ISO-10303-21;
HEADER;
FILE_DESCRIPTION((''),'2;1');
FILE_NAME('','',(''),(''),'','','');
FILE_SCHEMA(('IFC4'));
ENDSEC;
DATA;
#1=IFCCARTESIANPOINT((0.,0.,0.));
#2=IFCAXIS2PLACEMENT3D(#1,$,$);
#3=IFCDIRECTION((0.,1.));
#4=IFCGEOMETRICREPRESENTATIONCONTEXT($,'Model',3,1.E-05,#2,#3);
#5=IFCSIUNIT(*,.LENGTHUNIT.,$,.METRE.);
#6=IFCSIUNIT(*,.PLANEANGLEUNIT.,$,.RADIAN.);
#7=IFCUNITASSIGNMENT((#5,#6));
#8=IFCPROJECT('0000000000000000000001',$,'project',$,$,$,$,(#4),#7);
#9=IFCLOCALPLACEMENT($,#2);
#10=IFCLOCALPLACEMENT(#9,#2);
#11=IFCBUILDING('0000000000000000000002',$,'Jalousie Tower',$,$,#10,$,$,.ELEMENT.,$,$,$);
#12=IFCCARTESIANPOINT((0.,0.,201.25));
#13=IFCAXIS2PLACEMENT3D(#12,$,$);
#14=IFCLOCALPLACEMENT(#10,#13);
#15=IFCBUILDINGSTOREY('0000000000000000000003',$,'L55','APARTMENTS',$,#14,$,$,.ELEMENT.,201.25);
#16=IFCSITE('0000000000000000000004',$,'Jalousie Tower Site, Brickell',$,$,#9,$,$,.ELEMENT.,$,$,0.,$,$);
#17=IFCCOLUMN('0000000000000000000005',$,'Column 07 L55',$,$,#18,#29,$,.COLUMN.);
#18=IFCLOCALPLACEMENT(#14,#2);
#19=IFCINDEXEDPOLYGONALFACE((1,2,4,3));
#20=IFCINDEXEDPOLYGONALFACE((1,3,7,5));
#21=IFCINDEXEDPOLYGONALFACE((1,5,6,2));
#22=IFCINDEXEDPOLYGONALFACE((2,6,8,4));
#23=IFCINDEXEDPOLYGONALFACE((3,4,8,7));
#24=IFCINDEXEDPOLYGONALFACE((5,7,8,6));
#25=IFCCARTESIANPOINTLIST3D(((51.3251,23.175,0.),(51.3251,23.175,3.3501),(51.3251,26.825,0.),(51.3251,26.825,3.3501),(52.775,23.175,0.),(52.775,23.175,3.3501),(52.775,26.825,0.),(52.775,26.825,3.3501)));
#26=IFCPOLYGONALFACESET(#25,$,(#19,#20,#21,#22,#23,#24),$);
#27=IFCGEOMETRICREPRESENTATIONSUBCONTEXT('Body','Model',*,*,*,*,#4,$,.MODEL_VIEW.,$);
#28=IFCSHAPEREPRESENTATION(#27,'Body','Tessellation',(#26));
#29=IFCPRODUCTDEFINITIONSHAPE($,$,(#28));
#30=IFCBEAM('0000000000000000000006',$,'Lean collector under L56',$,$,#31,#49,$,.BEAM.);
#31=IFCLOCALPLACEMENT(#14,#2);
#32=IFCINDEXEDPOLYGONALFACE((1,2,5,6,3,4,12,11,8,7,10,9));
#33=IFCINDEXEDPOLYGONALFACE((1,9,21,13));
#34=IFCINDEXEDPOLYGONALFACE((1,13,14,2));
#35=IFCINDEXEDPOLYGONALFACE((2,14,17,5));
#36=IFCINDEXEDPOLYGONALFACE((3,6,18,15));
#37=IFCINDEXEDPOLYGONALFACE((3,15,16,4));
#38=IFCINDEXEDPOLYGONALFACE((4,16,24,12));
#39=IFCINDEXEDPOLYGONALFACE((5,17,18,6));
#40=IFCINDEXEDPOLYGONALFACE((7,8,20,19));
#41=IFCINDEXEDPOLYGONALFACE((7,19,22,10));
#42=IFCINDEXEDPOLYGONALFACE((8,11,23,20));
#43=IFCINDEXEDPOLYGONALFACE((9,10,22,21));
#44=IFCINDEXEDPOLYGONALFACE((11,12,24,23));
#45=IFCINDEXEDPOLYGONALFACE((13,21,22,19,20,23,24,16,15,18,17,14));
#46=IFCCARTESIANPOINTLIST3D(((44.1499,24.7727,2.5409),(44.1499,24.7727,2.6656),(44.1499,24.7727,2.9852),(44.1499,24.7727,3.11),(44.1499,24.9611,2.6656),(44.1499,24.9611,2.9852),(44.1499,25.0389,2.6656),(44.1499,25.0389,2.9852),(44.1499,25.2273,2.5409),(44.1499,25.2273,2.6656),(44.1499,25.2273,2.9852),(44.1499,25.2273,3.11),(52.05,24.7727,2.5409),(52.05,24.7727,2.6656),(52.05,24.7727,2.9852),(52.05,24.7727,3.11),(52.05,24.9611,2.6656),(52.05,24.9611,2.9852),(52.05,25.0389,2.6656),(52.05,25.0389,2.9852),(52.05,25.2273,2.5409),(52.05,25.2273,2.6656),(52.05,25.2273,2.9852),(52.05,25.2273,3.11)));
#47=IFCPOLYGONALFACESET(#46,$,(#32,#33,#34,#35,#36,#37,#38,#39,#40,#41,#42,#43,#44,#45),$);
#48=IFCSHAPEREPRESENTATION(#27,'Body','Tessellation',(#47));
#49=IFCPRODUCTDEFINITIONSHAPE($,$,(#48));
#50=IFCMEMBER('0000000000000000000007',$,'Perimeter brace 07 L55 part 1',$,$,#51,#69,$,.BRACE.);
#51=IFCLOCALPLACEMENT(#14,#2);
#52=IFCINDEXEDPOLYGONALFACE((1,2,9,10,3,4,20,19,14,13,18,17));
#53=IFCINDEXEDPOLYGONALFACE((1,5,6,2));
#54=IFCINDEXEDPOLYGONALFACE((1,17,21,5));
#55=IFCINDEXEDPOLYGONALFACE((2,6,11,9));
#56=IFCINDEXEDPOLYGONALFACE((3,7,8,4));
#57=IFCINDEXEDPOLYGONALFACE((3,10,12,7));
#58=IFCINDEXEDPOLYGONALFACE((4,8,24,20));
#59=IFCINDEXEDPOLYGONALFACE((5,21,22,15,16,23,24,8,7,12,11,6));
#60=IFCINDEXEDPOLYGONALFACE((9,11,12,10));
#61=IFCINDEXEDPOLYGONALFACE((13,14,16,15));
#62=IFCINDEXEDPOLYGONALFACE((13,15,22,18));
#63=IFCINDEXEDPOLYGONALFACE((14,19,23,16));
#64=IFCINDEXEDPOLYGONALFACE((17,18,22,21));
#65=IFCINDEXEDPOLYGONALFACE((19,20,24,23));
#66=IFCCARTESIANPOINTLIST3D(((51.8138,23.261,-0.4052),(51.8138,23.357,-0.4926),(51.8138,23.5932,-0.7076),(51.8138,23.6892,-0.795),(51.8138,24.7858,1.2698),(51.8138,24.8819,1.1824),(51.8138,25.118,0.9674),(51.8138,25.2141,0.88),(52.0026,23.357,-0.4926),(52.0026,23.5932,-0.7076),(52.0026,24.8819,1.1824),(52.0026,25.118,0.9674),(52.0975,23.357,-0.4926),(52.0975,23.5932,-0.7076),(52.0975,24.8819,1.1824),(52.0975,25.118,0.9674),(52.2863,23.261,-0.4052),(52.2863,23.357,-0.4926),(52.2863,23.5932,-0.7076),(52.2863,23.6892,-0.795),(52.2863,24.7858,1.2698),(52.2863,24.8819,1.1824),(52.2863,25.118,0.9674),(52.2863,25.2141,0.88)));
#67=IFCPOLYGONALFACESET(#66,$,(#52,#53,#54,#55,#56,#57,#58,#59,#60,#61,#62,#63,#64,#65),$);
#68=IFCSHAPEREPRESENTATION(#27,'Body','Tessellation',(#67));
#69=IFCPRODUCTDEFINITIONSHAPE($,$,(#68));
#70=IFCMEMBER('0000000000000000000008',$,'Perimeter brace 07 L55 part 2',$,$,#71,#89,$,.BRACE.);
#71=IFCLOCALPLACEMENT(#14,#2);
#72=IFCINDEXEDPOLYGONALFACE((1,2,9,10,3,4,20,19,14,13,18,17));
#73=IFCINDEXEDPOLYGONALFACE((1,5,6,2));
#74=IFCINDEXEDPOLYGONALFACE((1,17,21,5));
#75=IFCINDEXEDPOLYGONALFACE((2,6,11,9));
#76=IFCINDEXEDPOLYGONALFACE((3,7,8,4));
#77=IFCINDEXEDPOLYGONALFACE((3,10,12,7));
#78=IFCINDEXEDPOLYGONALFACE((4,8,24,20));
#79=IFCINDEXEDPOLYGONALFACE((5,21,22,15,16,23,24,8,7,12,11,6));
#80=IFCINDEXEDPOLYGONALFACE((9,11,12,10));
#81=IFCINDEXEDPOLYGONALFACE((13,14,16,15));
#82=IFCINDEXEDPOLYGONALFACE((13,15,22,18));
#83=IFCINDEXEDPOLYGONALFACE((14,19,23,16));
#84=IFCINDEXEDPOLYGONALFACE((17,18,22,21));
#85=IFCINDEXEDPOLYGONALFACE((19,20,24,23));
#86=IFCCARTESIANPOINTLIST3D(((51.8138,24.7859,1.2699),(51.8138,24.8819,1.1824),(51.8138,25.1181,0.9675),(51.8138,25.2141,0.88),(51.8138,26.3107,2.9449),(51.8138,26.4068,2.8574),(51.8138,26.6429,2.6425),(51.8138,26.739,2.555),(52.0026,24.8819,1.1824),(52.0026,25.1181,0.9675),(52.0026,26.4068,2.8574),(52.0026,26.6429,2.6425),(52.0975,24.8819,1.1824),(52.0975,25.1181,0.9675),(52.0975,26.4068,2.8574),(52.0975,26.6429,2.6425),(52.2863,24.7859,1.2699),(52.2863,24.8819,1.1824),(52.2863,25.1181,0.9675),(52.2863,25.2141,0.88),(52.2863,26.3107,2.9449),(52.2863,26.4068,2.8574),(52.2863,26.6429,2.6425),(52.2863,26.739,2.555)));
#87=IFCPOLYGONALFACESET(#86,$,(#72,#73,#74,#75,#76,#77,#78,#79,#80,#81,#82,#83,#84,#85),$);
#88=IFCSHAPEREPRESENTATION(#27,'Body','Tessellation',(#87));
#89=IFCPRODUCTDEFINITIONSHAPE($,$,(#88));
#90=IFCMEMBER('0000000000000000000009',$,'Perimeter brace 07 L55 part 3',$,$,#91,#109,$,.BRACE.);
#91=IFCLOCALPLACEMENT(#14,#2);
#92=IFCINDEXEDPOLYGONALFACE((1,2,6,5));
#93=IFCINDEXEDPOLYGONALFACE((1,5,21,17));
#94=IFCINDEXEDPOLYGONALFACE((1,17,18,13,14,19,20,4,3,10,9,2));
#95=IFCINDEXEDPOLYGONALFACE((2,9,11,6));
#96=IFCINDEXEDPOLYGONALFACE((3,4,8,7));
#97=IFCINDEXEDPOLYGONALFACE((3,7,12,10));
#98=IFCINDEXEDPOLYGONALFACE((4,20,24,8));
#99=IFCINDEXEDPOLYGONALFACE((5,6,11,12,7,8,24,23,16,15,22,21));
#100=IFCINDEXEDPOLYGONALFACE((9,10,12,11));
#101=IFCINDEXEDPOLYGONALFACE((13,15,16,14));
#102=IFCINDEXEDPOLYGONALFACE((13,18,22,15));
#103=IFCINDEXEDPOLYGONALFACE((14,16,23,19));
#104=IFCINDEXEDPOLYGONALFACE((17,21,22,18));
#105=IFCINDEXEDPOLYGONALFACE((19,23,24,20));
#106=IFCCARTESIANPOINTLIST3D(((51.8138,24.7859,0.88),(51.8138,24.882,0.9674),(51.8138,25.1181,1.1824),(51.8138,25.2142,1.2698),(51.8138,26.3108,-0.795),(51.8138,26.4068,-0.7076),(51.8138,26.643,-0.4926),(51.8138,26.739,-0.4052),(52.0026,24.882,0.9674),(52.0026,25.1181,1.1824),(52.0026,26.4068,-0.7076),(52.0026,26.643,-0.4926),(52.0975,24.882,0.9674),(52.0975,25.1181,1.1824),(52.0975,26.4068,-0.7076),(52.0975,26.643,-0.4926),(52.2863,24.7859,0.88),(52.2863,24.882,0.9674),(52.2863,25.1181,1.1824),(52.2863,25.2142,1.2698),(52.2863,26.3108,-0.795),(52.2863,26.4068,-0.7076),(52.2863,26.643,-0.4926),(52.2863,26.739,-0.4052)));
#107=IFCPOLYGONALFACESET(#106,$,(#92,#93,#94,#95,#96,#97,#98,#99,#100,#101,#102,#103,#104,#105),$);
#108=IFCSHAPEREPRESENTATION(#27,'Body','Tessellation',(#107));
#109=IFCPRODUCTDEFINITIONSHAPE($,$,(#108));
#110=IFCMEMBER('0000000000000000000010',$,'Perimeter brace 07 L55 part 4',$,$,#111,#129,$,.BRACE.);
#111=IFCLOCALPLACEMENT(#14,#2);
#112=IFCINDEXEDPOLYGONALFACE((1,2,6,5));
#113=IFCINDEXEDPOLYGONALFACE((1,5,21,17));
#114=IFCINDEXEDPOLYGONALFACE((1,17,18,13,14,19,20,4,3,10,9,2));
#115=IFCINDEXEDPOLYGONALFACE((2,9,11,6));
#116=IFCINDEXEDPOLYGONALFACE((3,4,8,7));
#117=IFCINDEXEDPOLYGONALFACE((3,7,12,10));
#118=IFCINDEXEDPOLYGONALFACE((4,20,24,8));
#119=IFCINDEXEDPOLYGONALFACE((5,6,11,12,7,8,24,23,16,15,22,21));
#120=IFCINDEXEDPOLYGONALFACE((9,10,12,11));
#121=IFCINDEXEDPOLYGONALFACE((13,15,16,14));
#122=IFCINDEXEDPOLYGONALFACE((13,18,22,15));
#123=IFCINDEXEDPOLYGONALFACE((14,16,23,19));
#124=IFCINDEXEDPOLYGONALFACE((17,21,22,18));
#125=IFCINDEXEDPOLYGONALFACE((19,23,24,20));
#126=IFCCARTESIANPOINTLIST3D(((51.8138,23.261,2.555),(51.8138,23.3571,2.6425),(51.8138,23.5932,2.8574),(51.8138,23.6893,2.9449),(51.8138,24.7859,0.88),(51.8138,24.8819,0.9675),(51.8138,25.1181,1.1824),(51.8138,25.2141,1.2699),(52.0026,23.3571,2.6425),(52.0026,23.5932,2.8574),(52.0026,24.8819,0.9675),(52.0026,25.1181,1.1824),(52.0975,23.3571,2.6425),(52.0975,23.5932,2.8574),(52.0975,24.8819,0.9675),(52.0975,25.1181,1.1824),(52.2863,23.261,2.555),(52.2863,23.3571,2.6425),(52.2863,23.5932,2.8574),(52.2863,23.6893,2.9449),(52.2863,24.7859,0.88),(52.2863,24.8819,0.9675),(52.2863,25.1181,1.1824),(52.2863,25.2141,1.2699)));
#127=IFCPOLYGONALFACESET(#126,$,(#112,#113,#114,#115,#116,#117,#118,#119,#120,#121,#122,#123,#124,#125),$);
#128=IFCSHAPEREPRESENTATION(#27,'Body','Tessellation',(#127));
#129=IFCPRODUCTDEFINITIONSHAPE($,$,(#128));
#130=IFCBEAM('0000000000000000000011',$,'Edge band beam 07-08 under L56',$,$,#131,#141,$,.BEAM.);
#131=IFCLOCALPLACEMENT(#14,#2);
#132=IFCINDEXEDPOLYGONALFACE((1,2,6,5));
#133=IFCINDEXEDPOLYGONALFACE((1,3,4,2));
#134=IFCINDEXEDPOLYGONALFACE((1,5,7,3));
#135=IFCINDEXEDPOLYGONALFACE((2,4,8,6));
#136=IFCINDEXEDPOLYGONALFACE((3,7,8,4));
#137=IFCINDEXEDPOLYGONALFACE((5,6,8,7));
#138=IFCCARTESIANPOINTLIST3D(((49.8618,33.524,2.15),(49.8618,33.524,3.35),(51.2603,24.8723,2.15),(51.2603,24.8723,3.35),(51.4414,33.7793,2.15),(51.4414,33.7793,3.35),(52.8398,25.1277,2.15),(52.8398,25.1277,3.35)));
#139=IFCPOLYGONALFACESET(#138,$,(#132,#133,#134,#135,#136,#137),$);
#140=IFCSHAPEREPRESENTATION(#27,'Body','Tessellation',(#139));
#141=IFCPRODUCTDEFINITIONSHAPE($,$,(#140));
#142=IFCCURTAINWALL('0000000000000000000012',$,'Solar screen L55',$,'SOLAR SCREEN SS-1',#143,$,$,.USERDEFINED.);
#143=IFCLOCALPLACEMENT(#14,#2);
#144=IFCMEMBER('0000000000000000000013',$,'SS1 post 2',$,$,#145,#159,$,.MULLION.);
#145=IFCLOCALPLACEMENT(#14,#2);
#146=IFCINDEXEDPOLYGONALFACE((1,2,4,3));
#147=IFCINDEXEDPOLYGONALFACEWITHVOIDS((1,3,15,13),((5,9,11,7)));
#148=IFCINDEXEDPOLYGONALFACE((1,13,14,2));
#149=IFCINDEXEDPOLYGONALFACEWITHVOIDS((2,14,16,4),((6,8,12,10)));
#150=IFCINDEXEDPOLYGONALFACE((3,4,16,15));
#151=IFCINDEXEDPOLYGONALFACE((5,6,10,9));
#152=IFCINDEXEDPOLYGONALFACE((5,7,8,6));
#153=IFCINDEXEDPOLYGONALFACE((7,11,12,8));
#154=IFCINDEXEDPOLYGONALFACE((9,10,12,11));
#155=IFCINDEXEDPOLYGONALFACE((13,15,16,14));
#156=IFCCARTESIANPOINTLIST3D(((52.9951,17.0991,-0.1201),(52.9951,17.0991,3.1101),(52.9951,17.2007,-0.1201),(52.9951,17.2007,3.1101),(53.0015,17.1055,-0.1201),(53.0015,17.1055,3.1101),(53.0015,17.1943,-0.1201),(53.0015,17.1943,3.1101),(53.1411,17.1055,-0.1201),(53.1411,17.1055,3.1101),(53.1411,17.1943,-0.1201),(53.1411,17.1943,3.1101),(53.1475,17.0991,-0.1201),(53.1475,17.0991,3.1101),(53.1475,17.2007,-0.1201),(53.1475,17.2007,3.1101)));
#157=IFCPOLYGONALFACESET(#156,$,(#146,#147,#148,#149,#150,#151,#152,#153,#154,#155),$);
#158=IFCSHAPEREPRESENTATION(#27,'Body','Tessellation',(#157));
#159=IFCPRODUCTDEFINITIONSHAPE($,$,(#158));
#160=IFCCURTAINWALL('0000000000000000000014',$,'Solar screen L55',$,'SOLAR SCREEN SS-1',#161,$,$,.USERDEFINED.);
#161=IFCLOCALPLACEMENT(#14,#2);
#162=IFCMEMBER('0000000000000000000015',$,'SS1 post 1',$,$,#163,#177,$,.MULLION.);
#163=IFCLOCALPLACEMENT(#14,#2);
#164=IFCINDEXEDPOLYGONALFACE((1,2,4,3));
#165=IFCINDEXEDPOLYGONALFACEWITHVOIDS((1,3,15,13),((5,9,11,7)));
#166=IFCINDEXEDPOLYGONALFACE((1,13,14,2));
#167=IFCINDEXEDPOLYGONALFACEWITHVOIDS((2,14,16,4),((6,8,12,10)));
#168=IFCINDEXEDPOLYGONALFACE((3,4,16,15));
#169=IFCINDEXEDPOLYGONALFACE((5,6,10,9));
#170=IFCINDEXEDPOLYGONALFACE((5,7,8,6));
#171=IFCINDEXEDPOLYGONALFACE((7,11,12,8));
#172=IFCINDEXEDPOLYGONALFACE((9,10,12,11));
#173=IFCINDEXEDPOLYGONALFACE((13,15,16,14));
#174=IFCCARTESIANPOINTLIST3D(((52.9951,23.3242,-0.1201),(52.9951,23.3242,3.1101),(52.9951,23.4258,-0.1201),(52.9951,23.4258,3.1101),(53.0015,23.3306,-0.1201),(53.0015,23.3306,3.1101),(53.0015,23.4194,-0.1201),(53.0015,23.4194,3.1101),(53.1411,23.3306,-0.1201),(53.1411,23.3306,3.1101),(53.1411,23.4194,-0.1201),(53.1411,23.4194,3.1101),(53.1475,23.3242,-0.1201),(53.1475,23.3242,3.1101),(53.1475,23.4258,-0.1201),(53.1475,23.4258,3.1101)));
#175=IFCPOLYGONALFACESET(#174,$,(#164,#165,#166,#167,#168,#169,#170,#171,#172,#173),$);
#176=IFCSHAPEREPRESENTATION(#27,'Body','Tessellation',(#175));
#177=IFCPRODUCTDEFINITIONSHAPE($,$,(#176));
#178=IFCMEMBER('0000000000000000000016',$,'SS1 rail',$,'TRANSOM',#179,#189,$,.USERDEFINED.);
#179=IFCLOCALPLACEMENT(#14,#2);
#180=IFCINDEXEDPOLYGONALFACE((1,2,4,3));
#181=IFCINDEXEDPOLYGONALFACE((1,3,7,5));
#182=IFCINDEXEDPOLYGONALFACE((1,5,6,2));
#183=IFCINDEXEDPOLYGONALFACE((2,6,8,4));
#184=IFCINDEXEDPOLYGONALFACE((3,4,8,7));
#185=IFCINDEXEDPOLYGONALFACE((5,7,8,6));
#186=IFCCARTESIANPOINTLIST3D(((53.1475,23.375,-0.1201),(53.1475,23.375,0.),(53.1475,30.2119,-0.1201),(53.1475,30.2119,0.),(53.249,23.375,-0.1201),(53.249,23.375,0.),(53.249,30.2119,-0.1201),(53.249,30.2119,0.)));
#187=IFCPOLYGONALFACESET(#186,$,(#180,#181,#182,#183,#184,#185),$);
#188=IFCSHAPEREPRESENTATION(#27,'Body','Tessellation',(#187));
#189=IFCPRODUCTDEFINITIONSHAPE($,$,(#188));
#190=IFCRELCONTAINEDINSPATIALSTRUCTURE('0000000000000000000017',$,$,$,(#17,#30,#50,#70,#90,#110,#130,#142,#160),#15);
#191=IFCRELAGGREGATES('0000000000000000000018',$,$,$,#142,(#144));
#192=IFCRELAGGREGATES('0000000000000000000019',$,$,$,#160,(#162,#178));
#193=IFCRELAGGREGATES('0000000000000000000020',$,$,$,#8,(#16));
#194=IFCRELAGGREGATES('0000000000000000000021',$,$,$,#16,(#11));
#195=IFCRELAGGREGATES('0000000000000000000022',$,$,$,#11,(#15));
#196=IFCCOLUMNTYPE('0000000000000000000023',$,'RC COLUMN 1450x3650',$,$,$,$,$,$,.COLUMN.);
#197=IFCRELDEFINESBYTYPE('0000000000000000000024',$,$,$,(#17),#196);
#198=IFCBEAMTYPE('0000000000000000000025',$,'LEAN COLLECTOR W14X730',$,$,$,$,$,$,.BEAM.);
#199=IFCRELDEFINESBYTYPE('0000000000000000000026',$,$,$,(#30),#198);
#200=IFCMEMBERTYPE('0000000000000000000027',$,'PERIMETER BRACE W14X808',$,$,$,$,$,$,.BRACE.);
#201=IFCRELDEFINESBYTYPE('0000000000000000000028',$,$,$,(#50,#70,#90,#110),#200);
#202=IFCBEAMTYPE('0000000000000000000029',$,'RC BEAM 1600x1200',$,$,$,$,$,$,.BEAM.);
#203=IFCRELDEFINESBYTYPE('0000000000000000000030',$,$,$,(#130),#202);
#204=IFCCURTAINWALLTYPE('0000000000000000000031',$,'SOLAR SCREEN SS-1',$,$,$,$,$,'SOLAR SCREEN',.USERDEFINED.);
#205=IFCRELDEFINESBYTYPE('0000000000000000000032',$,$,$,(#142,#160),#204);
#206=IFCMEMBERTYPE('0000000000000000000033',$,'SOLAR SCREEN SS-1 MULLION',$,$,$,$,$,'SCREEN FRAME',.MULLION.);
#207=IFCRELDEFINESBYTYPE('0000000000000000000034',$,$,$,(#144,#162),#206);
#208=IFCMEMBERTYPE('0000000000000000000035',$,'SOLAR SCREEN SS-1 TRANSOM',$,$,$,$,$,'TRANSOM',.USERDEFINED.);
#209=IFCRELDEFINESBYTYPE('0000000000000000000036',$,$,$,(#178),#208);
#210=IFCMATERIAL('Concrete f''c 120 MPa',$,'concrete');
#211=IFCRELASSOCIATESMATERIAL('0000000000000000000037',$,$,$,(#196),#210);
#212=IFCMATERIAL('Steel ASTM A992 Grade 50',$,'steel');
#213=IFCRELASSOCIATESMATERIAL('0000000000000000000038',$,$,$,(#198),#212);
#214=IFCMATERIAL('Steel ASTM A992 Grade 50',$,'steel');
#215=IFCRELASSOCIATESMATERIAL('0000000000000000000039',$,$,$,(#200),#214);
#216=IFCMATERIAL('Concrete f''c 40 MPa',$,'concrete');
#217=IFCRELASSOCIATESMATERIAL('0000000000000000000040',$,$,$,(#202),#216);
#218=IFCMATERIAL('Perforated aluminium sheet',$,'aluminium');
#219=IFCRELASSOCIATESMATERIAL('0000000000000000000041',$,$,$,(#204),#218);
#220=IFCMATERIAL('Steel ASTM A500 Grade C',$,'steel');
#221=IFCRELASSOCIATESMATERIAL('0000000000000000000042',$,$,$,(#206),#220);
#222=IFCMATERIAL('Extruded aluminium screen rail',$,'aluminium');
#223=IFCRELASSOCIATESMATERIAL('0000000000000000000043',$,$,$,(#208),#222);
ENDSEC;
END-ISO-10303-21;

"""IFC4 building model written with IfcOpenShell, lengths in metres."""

from ifc_helpers import new_model, si_unit, direction, frame, origin, origin_2d, place, context, subcontext, project, spatial, rectangle, hollow_rectangle, i_section, extrude, material, material_profile, profile_set, type_object, element, aggregate, save


model = new_model("IFC4")

# Units and contexts
model_context = context("Model", 3, precision=1e-05, world=origin(), true_north=direction((0.0, 1.0)))
body_context = subcontext(model_context, "Body", "Model", "MODEL_VIEW")
ifc_project = project(units=[si_unit("LENGTHUNIT", "METRE"), si_unit("PLANEANGLEUNIT", "RADIAN")], contexts=[model_context])

# Site, building, storey
site_placement = place(None, origin())
site = spatial("IfcSite", under=ifc_project, at=site_placement, Name="Jalousie Tower Site, Brickell", CompositionType="ELEMENT", RefElevation=0.0)
building_placement = place(site_placement, origin())
building = spatial("IfcBuilding", under=site, at=building_placement, Name="Jalousie Tower", CompositionType="ELEMENT")
storey_placement = place(building_placement, frame((0.0, 0.0, 201.25)))
storey = spatial("IfcBuildingStorey", under=building, at=storey_placement, Name="L55", Description="APARTMENTS", CompositionType="ELEMENT", Elevation=201.25)

# Column
ifc_material_1 = material(Name="Concrete f'c 120 MPa", Category="concrete")
ifc_material_profile_1 = material_profile(ifc_material_1, rectangle(XDim=1.45, YDim=3.6499, at=origin_2d()), Name="RC 1450x3650")
ifc_profile_set_1 = profile_set([ifc_material_profile_1], Name="Concrete f'c 120 MPa")
column_type = type_object("IfcColumnType", Name="RC COLUMN 1450x3650", PredefinedType="COLUMN", material=ifc_profile_set_1)
column_placement = place(storey_placement, frame((52.05, 25.0, 0.0), z_axis=(0.0, 0.0, 1.0), x_axis=(1.0, 0.0, 0.0)))
element("IfcColumn", 1, at=column_placement, inside=storey, type_object=column_type, Name="Column 07 L55", PredefinedType="COLUMN", context=body_context, shape_type="SweptSolid", body=[
    extrude(rectangle(XDim=1.45, YDim=3.6499, at=origin_2d()), origin(), (0.0, 0.0, 1.0), 3.3501),
])

# Beam
ifc_material_2 = material(Name="Steel ASTM A992 Grade 50", Category="steel")
ifc_material_profile_2 = material_profile(ifc_material_2, i_section(OverallWidth=0.4546, OverallDepth=0.5691, WebThickness=0.0779, FlangeThickness=0.1248, at=origin_2d()), Name="W14X730")
ifc_profile_set_2 = profile_set([ifc_material_profile_2], Name="Steel ASTM A992 Grade 50")
beam_type_1 = type_object("IfcBeamType", Name="LEAN COLLECTOR W14X730", PredefinedType="BEAM", material=ifc_profile_set_2)
beam_1_placement = place(storey_placement, frame((52.05, 25.0, 2.8254), z_axis=(-1.0, 0.0, 0.0), x_axis=(0.0, -1.0, 0.0)))
element("IfcBeam", 2, at=beam_1_placement, inside=storey, type_object=beam_type_1, Name="Lean collector under L56", PredefinedType="BEAM", context=body_context, shape_type="SweptSolid", body=[
    extrude(i_section(OverallWidth=0.4546, OverallDepth=0.5691, WebThickness=0.0779, FlangeThickness=0.1248, at=origin_2d()), origin(), (0.0, 0.0, 1.0), 7.9001),
])

# Members
ifc_material_3 = material(Name="Steel ASTM A992 Grade 50", Category="steel")
ifc_material_profile_3 = material_profile(ifc_material_3, i_section(OverallWidth=0.4724, OverallDepth=0.5791, WebThickness=0.095, FlangeThickness=0.1299, at=origin_2d()), Name="W14X808")
ifc_profile_set_3 = profile_set([ifc_material_profile_3], Name="Steel ASTM A992 Grade 50")
member_type_1 = type_object("IfcMemberType", Name="PERIMETER BRACE W14X808", PredefinedType="BRACE", material=ifc_profile_set_3)
for number, where, z_axis, x_axis, name in (
    (3, (52.05, 23.4751, -0.6001), (0.0, 0.673188, 0.739472), (-1.0, 0.0, 0.0), "Perimeter brace 07 L55 part 1"),
    (4, (52.05, 25.0, 1.075), (0.0, 0.673188, 0.739472), (-1.0, 0.0, 0.0), "Perimeter brace 07 L55 part 2"),
    (5, (52.05, 26.5249, -0.6001), (0.0, -0.673188, 0.739472), (1.0, 0.0, 0.0), "Perimeter brace 07 L55 part 3"),
    (6, (52.05, 25.0, 1.075), (0.0, -0.673188, 0.739472), (1.0, 0.0, 0.0), "Perimeter brace 07 L55 part 4"),
):
    element("IfcMember", number, at=place(storey_placement, frame(where, z_axis=z_axis, x_axis=x_axis)), inside=storey, type_object=member_type_1, Name=name, PredefinedType="BRACE", context=body_context, shape_type="SweptSolid", body=[
        extrude(i_section(OverallWidth=0.4724, OverallDepth=0.5791, WebThickness=0.095, FlangeThickness=0.1299, at=origin_2d()), origin(), (0.0, 0.0, 1.0), 2.2651),
    ])

# Beam
ifc_material_4 = material(Name="Concrete f'c 40 MPa", Category="concrete")
ifc_material_profile_4 = material_profile(ifc_material_4, rectangle(XDim=1.6001, YDim=1.2, at=origin_2d()), Name="RC 1600x1200")
ifc_profile_set_4 = profile_set([ifc_material_profile_4], Name="Concrete f'c 40 MPa")
beam_type_2 = type_object("IfcBeamType", Name="RC BEAM 1600x1200", PredefinedType="BEAM", material=ifc_profile_set_4)
beam_2_placement = place(storey_placement, frame((52.05, 25.0, 2.75), z_axis=(-0.159568, 0.987187, 0.0), x_axis=(-0.987187, -0.159568, 0.0)))
element("IfcBeam", 7, at=beam_2_placement, inside=storey, type_object=beam_type_2, Name="Edge band beam 07-08 under L56", PredefinedType="BEAM", context=body_context, shape_type="SweptSolid", body=[
    extrude(rectangle(XDim=1.6001, YDim=1.2, at=origin_2d()), origin(), (0.0, 0.0, 1.0), 8.7639),
])

# Curtain wall, member
ifc_material_5 = material(Name="Perforated aluminium sheet", Category="aluminium")
curtain_wall_type = type_object("IfcCurtainWallType", Name="SOLAR SCREEN SS-1", ElementType="SOLAR SCREEN", PredefinedType="USERDEFINED", material=ifc_material_5)
curtain_wall_1_placement = place(storey_placement, origin())
curtain_wall_1 = element("IfcCurtainWall", 8, at=curtain_wall_1_placement, inside=storey, type_object=curtain_wall_type, Name="Solar screen L55", ObjectType="SOLAR SCREEN SS-1", PredefinedType="USERDEFINED")
ifc_material_6 = material(Name="Steel ASTM A500 Grade C", Category="steel")
ifc_material_profile_5 = material_profile(ifc_material_6, hollow_rectangle(XDim=0.1016, YDim=0.1523, WallThickness=0.0063, at=origin_2d()), Name="HSS6X4X1/4")
ifc_profile_set_5 = profile_set([ifc_material_profile_5], Name="Steel ASTM A500 Grade C")
member_type_2 = type_object("IfcMemberType", Name="SOLAR SCREEN SS-1 MULLION", ElementType="SCREEN FRAME", PredefinedType="MULLION", material=ifc_profile_set_5)
member_1_placement = place(storey_placement, frame((53.0713, 17.1499, -0.1201), z_axis=(0.0, 0.0, 1.0), x_axis=(0.0, 1.0, 0.0)))
member_1 = element("IfcMember", 9, at=member_1_placement, type_object=member_type_2, Name="SS1 post 2", PredefinedType="MULLION", context=body_context, shape_type="SweptSolid", body=[
    extrude(hollow_rectangle(XDim=0.1016, YDim=0.1523, WallThickness=0.0063, at=origin_2d()), origin(), (0.0, 0.0, 1.0), 3.2302),
])
aggregate(curtain_wall_1, [member_1])

# Curtain wall, members
curtain_wall_2_placement = place(storey_placement, origin())
curtain_wall_2 = element("IfcCurtainWall", 10, at=curtain_wall_2_placement, inside=storey, type_object=curtain_wall_type, Name="Solar screen L55", ObjectType="SOLAR SCREEN SS-1", PredefinedType="USERDEFINED")
member_2_placement = place(storey_placement, frame((53.0713, 23.375, -0.1201), z_axis=(0.0, 0.0, 1.0), x_axis=(0.0, 1.0, 0.0)))
member_2 = element("IfcMember", 11, at=member_2_placement, type_object=member_type_2, Name="SS1 post 1", PredefinedType="MULLION", context=body_context, shape_type="SweptSolid", body=[
    extrude(hollow_rectangle(XDim=0.1016, YDim=0.1523, WallThickness=0.0063, at=origin_2d()), origin(), (0.0, 0.0, 1.0), 3.2302),
])
ifc_material_7 = material(Name="Extruded aluminium screen rail", Category="aluminium")
ifc_material_profile_6 = material_profile(ifc_material_7, rectangle(XDim=0.1016, YDim=0.1201, at=origin_2d()), Name="RAIL 102x120")
ifc_profile_set_6 = profile_set([ifc_material_profile_6], Name="Extruded aluminium screen rail")
member_type_3 = type_object("IfcMemberType", Name="SOLAR SCREEN SS-1 TRANSOM", ElementType="TRANSOM", PredefinedType="USERDEFINED", material=ifc_profile_set_6)
member_3_placement = place(storey_placement, frame((53.1982, 23.375, -0.0601), z_axis=(0.0, 1.0, 0.0), x_axis=(-1.0, 0.0, 0.0)))
member_3 = element("IfcMember", 12, at=member_3_placement, type_object=member_type_3, Name="SS1 rail", ObjectType="TRANSOM", PredefinedType="USERDEFINED", context=body_context, shape_type="SweptSolid", body=[
    extrude(rectangle(XDim=0.1016, YDim=0.1201, at=origin_2d()), origin(), (0.0, 0.0, 1.0), 6.8369),
])
aggregate(curtain_wall_2, [member_2, member_3])

save(model, "model.ifc")
